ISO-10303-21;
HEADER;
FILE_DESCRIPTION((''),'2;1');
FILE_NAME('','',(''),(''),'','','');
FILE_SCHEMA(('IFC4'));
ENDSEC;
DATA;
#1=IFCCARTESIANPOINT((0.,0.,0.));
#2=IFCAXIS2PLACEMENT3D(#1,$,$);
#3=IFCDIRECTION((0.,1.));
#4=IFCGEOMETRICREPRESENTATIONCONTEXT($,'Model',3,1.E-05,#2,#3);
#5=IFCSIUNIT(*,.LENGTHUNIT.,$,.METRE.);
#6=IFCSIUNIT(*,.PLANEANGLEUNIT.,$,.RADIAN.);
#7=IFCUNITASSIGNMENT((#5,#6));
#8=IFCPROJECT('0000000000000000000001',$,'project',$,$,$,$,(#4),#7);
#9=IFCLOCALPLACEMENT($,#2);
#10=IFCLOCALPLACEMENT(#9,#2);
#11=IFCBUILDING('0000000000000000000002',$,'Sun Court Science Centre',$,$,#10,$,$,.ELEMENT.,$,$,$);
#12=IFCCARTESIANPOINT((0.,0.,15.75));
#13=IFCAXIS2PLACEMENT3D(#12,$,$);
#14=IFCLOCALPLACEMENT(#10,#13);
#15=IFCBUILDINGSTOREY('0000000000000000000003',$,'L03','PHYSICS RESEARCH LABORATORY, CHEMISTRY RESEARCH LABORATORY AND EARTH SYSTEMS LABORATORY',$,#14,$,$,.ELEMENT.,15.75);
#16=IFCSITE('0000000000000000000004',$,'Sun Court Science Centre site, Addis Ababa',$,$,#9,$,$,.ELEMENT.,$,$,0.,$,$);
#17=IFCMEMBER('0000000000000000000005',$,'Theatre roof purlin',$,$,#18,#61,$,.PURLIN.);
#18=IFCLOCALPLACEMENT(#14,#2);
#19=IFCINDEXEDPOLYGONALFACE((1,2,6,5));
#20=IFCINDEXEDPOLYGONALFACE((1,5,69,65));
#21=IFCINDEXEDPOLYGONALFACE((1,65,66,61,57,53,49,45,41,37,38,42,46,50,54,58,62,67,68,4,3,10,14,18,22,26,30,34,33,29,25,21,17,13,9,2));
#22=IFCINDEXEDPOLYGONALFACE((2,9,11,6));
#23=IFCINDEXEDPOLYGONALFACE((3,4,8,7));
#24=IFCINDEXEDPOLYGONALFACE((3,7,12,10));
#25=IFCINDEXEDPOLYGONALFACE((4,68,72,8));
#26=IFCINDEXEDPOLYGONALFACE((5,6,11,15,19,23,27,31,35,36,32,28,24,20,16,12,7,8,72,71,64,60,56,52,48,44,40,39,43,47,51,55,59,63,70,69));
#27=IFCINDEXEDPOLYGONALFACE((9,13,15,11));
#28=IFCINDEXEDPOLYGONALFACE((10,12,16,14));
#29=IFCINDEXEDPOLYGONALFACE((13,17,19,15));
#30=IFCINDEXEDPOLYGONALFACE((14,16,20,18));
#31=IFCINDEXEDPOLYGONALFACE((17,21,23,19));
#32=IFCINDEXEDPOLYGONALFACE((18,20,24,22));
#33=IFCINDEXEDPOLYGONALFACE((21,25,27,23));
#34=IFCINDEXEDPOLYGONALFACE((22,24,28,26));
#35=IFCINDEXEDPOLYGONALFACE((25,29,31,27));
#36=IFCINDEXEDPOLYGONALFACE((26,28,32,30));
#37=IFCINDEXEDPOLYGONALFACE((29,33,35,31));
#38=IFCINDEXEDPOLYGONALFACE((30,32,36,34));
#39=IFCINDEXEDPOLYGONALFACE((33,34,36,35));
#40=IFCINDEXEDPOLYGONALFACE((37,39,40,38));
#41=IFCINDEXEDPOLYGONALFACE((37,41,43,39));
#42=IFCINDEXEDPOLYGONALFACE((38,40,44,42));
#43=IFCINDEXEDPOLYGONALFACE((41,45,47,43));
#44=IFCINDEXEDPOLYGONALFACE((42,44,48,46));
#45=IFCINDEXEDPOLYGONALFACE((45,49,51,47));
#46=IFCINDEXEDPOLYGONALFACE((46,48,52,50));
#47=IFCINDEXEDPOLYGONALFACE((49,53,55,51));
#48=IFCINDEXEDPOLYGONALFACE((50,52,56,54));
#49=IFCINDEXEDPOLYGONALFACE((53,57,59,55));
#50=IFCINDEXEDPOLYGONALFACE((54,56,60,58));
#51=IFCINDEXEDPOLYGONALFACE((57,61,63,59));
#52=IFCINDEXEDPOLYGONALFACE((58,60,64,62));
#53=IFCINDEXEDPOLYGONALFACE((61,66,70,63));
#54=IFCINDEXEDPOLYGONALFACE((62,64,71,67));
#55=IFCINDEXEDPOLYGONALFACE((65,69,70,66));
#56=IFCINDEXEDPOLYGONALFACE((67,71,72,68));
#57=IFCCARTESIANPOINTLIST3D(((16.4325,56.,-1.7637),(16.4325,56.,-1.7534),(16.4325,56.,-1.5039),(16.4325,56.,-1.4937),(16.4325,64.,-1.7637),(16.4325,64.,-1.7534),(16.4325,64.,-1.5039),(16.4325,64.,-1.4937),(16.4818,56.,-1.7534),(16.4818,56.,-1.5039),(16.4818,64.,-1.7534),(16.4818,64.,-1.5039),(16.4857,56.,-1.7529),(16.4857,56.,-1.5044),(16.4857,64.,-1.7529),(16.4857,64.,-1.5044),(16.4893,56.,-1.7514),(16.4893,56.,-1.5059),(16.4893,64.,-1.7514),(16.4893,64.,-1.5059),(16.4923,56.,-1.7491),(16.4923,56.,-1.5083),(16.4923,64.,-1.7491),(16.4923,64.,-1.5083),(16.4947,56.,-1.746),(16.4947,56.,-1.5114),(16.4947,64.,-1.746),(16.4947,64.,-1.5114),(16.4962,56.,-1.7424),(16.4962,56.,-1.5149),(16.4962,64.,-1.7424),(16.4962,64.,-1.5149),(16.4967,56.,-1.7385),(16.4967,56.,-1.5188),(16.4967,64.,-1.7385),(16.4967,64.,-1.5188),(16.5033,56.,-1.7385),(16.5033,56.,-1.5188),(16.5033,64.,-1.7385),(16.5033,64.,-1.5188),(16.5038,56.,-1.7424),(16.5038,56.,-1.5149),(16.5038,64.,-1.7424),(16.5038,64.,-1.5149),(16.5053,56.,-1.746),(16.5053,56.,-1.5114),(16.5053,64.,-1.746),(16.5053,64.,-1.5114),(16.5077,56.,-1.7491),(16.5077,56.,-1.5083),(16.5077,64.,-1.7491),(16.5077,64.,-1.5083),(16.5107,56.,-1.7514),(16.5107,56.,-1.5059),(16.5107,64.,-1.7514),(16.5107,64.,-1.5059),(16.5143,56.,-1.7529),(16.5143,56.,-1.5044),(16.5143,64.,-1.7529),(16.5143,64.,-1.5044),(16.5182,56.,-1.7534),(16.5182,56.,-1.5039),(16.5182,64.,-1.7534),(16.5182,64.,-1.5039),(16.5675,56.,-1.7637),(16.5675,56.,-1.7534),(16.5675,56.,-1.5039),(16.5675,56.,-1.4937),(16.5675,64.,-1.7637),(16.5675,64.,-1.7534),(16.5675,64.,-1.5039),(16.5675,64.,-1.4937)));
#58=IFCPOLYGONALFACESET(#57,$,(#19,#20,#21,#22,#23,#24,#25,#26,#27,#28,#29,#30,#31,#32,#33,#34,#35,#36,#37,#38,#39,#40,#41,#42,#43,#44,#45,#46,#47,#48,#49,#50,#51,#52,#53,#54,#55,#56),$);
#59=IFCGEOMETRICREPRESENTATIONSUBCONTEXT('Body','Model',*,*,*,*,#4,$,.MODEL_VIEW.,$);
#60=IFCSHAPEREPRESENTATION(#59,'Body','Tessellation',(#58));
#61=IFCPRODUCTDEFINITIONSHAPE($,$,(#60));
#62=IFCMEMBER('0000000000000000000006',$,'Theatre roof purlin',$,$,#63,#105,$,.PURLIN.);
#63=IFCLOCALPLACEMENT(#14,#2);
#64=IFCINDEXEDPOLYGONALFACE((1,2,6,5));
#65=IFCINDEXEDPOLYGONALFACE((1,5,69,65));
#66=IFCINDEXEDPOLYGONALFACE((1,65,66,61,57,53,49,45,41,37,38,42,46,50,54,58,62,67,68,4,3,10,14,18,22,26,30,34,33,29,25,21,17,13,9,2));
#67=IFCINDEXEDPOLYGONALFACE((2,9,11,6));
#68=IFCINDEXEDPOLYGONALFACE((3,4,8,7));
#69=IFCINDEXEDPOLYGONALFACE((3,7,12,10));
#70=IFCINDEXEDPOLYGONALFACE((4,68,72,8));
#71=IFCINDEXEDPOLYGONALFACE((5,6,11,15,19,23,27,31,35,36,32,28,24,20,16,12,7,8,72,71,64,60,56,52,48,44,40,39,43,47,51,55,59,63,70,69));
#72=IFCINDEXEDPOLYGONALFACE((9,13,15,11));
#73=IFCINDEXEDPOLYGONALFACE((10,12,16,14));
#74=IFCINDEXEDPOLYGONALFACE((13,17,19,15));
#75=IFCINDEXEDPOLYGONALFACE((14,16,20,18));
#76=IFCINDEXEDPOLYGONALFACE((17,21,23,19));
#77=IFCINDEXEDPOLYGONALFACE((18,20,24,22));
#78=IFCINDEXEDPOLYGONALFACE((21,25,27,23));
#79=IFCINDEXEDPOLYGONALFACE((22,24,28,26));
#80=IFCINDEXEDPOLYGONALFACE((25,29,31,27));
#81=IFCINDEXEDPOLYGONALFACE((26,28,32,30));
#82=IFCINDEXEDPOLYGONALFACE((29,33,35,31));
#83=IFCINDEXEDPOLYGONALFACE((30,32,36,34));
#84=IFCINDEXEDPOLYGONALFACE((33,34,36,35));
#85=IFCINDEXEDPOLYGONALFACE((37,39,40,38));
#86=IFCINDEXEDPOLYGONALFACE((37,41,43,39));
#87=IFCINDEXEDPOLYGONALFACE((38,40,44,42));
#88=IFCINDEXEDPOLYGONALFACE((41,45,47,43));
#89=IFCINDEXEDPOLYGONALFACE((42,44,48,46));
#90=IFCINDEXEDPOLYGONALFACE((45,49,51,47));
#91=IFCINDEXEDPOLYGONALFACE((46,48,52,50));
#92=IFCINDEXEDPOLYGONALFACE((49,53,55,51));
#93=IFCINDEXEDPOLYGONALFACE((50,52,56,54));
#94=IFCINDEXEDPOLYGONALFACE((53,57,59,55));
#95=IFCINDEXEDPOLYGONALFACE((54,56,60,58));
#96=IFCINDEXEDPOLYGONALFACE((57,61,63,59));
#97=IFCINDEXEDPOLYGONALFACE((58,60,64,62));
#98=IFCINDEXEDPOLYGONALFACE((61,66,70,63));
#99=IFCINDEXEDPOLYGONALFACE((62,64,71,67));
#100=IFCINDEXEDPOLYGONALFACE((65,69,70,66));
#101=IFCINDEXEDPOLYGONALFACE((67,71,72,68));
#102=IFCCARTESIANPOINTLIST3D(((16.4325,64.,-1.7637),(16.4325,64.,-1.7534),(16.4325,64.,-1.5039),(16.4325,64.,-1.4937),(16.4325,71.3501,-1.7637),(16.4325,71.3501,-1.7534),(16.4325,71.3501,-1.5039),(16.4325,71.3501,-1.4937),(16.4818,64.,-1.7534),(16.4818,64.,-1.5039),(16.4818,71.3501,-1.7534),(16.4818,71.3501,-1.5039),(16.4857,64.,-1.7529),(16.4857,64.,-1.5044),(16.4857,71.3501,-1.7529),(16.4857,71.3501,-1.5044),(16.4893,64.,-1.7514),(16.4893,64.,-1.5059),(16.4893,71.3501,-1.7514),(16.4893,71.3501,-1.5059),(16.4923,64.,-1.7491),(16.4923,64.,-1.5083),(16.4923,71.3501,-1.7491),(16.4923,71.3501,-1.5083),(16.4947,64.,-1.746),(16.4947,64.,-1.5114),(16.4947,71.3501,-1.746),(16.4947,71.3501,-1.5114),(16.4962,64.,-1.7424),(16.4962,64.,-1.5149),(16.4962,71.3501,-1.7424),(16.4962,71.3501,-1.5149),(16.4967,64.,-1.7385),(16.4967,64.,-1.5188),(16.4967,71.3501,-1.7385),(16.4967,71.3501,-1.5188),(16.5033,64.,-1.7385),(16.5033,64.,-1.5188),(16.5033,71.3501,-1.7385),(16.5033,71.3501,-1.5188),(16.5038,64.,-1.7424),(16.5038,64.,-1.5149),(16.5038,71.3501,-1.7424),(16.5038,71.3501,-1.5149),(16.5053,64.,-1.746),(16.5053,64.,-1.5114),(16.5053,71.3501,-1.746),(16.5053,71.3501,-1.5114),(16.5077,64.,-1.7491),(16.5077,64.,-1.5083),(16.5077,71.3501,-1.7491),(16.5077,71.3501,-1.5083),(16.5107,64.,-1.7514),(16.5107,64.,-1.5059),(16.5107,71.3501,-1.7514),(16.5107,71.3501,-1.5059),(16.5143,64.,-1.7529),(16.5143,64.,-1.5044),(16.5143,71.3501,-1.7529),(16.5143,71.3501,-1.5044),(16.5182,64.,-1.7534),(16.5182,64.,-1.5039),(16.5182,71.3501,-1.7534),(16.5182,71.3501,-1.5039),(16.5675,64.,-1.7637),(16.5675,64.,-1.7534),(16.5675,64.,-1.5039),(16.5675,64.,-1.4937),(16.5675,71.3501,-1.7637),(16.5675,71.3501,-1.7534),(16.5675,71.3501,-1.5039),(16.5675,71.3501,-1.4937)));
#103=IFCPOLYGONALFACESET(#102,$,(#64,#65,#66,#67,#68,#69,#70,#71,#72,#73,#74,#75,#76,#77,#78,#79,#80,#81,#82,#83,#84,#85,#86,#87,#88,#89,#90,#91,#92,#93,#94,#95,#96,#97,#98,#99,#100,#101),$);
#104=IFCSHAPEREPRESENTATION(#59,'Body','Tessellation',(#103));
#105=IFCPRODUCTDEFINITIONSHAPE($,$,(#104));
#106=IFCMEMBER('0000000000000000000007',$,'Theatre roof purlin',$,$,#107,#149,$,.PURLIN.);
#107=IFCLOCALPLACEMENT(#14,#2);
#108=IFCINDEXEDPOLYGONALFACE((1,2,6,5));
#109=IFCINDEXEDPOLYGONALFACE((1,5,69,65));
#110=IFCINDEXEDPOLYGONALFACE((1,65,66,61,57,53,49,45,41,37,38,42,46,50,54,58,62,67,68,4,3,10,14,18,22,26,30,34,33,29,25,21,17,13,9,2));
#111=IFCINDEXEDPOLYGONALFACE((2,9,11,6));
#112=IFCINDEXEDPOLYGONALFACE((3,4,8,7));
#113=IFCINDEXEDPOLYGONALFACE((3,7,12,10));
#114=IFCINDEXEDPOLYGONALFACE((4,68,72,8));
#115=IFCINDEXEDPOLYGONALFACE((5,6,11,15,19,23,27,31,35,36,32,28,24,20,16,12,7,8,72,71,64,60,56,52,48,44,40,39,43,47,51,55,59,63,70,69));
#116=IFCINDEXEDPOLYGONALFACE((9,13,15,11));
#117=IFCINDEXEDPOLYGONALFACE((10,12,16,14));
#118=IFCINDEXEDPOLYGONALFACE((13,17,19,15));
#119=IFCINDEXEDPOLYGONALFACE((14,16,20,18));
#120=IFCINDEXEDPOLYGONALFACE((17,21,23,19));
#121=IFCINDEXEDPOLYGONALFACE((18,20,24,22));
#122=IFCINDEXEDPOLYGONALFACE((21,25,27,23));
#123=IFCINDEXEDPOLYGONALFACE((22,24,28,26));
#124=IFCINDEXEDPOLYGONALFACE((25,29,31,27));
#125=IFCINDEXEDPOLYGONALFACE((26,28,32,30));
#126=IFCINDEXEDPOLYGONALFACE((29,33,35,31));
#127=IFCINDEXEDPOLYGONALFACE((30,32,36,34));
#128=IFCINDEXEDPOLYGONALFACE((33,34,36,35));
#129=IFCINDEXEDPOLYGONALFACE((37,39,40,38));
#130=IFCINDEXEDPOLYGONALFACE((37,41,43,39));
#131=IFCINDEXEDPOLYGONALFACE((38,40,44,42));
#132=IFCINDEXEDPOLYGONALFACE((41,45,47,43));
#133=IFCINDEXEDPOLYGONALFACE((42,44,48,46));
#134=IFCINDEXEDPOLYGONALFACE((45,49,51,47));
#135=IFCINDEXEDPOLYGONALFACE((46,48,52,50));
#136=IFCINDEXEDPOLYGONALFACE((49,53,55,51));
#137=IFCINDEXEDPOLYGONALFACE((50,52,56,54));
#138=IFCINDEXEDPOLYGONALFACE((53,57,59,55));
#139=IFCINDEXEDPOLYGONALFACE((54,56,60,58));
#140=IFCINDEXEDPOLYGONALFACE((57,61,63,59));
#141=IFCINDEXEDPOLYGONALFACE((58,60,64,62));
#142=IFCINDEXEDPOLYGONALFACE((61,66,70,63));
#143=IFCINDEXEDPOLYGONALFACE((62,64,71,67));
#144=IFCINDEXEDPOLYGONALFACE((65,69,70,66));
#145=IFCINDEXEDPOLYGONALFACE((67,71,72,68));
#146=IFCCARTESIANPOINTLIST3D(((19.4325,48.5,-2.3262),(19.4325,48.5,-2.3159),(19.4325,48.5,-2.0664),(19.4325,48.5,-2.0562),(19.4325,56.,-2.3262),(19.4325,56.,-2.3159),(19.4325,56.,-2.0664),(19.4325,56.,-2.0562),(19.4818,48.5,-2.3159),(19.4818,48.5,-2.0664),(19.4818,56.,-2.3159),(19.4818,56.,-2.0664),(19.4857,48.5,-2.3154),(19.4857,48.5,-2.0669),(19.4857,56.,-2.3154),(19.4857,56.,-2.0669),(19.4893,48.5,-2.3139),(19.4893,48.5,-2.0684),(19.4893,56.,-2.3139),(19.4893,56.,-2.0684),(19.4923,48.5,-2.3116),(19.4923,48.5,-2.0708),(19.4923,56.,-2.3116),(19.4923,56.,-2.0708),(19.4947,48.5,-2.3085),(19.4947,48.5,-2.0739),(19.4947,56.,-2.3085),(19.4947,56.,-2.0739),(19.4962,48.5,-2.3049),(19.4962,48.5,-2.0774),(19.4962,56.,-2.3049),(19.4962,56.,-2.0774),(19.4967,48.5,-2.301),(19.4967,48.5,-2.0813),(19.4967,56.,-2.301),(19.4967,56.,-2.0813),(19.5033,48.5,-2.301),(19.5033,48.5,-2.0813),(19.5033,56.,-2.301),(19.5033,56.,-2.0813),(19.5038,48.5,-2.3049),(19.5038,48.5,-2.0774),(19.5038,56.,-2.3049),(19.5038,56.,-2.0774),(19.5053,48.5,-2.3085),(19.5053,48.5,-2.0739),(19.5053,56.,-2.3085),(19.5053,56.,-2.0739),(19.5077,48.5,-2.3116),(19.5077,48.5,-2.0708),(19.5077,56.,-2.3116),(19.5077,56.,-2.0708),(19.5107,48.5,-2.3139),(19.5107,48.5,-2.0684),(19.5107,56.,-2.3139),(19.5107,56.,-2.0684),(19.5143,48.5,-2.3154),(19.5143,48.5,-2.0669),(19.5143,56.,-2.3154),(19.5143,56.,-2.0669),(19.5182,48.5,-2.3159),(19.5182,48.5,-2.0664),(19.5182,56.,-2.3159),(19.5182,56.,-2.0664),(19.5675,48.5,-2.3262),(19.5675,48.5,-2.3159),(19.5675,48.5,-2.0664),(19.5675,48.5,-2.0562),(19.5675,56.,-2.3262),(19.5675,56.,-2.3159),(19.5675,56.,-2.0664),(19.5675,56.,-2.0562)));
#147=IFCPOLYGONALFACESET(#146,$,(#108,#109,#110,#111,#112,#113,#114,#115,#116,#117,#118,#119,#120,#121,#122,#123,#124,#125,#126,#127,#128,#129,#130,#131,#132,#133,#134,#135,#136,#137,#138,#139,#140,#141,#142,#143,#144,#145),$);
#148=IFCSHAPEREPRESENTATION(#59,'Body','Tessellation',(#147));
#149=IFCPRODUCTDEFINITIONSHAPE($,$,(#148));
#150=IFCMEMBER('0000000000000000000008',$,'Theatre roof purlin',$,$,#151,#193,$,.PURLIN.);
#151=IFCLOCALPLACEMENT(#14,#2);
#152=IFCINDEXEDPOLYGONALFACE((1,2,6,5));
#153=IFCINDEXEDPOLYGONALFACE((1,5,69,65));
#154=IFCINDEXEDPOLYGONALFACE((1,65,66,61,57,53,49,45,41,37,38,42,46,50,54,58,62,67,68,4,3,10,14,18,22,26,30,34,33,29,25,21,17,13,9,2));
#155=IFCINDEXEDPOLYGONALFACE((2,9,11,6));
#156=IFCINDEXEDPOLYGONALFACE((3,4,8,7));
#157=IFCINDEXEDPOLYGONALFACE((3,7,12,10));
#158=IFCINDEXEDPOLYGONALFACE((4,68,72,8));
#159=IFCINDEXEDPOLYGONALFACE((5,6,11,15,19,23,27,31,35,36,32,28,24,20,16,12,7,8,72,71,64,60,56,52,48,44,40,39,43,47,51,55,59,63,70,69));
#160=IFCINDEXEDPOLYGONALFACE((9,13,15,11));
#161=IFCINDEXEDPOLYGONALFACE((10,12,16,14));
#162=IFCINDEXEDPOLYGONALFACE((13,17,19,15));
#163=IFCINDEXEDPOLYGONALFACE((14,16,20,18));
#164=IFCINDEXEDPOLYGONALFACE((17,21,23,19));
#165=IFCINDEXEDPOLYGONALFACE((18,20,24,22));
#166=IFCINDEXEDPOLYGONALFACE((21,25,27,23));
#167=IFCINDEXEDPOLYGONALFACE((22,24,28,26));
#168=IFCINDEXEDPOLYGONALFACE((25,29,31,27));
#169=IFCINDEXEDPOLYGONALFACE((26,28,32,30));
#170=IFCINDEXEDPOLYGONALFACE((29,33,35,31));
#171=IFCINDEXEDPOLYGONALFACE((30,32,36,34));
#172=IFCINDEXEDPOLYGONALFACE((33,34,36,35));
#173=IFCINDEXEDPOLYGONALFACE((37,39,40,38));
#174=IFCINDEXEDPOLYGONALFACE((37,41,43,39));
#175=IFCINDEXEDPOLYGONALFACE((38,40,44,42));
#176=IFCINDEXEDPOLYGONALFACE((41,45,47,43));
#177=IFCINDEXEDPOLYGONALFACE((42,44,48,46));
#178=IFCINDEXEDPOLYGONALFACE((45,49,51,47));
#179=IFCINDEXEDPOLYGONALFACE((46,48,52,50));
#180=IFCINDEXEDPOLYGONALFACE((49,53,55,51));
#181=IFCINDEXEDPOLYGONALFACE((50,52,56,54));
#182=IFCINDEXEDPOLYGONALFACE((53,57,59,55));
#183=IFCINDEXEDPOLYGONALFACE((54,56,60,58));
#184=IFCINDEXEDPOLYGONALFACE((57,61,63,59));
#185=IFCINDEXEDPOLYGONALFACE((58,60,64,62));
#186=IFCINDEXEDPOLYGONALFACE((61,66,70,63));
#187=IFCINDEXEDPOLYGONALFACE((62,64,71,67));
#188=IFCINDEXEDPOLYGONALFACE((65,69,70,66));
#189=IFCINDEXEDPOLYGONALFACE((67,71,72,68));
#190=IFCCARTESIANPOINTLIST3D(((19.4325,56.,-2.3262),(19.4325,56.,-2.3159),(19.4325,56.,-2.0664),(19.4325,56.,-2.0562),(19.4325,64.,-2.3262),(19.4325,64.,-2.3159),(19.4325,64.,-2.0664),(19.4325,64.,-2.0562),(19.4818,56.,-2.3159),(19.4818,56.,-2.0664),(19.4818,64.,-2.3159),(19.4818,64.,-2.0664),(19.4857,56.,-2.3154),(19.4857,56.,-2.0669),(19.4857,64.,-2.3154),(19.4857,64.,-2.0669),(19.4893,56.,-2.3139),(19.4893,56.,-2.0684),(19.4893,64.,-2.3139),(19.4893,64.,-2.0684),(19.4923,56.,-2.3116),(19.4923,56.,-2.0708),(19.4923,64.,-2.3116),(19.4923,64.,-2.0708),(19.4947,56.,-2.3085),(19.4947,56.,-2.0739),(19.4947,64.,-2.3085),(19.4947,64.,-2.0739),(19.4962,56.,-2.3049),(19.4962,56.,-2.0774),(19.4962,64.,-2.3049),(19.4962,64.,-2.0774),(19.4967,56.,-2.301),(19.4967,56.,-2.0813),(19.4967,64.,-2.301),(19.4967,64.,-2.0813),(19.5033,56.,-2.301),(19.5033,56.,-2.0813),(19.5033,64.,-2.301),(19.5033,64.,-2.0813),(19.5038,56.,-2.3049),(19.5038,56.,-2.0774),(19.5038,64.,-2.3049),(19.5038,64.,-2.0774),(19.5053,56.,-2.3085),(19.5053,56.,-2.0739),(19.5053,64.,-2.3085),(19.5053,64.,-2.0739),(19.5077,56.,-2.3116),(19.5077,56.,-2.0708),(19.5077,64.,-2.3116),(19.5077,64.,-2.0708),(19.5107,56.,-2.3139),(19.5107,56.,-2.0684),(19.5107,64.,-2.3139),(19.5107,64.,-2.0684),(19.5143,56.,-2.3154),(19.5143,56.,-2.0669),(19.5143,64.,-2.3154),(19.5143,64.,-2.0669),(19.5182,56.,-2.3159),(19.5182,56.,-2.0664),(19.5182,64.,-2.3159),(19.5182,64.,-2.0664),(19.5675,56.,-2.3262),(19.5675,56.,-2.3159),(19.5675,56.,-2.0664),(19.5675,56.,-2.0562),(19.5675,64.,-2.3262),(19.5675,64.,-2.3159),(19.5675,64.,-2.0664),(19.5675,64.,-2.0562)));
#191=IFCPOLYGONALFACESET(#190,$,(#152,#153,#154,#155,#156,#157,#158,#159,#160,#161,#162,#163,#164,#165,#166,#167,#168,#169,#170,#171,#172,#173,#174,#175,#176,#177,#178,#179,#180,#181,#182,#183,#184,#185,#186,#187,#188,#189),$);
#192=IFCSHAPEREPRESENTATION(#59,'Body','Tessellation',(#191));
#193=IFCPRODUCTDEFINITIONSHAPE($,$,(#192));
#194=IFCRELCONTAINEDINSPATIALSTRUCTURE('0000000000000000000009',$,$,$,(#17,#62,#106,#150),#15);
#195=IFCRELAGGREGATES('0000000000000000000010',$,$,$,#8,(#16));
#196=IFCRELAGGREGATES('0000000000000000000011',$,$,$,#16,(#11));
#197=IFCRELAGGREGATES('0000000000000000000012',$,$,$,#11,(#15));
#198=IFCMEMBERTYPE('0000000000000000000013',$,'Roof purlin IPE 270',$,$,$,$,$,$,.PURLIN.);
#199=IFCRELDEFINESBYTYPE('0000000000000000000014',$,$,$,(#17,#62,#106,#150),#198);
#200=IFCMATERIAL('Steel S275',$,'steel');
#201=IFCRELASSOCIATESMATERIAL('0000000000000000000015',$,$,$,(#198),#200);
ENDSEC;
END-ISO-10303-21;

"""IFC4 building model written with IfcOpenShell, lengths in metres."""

from ifc_helpers import new_model, si_unit, direction, frame, origin, origin_2d, place, context, subcontext, project, spatial, i_section, extrude, material, material_profile, profile_set, type_object, element, save


model = new_model("IFC4")

# Units and contexts
model_context = context("Model", 3, precision=1e-05, world=origin(), true_north=direction((0.0, 1.0)))
body_context = subcontext(model_context, "Body", "Model", "MODEL_VIEW")
ifc_project = project(units=[si_unit("LENGTHUNIT", "METRE"), si_unit("PLANEANGLEUNIT", "RADIAN")], contexts=[model_context])

# Site, building, storey
site_placement = place(None, origin())
site = spatial("IfcSite", under=ifc_project, at=site_placement, Name="Sun Court Science Centre site, Addis Ababa", CompositionType="ELEMENT", RefElevation=0.0)
building_placement = place(site_placement, origin())
building = spatial("IfcBuilding", under=site, at=building_placement, Name="Sun Court Science Centre", CompositionType="ELEMENT")
storey_placement = place(building_placement, frame((0.0, 0.0, 15.75)))
storey = spatial("IfcBuildingStorey", under=building, at=storey_placement, Name="L03", Description="PHYSICS RESEARCH LABORATORY, CHEMISTRY RESEARCH LABORATORY AND EARTH SYSTEMS LABORATORY", CompositionType="ELEMENT", Elevation=15.75)

# Members
ifc_material_1 = material(Name="Steel S275", Category="steel")
ifc_material_profile_1 = material_profile(ifc_material_1, i_section(OverallWidth=0.135, OverallDepth=0.27, WebThickness=0.0066, FlangeThickness=0.0103, FilletRadius=0.0149, at=origin_2d()), Name="IPE 270")
ifc_profile_set_1 = profile_set([ifc_material_profile_1], Name="Steel S275")
member_type_1 = type_object("IfcMemberType", Name="Roof purlin IPE 270", PredefinedType="PURLIN", material=ifc_profile_set_1)
member_1_placement = place(storey_placement, frame((16.5, 56.0, -1.6287), z_axis=(0.0, 1.0, 0.0), x_axis=(-1.0, 0.0, 0.0)))
element("IfcMember", 1, at=member_1_placement, inside=storey, type_object=member_type_1, Name="Theatre roof purlin", PredefinedType="PURLIN", context=body_context, shape_type="SweptSolid", body=[
    extrude(i_section(OverallWidth=0.135, OverallDepth=0.27, WebThickness=0.0066, FlangeThickness=0.0103, FilletRadius=0.0149, at=origin_2d()), origin(), (0.0, 0.0, 1.0), 8.0),
])
member_2_placement = place(storey_placement, frame((16.5, 64.0, -1.6287), z_axis=(0.0, 1.0, 0.0), x_axis=(-1.0, 0.0, 0.0)))
element("IfcMember", 2, at=member_2_placement, inside=storey, type_object=member_type_1, Name="Theatre roof purlin", PredefinedType="PURLIN", context=body_context, shape_type="SweptSolid", body=[
    extrude(i_section(OverallWidth=0.135, OverallDepth=0.27, WebThickness=0.0066, FlangeThickness=0.0103, FilletRadius=0.0149, at=origin_2d()), origin(), (0.0, 0.0, 1.0), 7.3501),
])
member_3_placement = place(storey_placement, frame((19.5, 48.5, -2.1912), z_axis=(0.0, 1.0, 0.0), x_axis=(-1.0, 0.0, 0.0)))
element("IfcMember", 3, at=member_3_placement, inside=storey, type_object=member_type_1, Name="Theatre roof purlin", PredefinedType="PURLIN", context=body_context, shape_type="SweptSolid", body=[
    extrude(i_section(OverallWidth=0.135, OverallDepth=0.27, WebThickness=0.0066, FlangeThickness=0.0103, FilletRadius=0.0149, at=origin_2d()), origin(), (0.0, 0.0, 1.0), 7.5),
])
member_4_placement = place(storey_placement, frame((19.5, 56.0, -2.1912), z_axis=(0.0, 1.0, 0.0), x_axis=(-1.0, 0.0, 0.0)))
element("IfcMember", 4, at=member_4_placement, inside=storey, type_object=member_type_1, Name="Theatre roof purlin", PredefinedType="PURLIN", context=body_context, shape_type="SweptSolid", body=[
    extrude(i_section(OverallWidth=0.135, OverallDepth=0.27, WebThickness=0.0066, FlangeThickness=0.0103, FilletRadius=0.0149, at=origin_2d()), origin(), (0.0, 0.0, 1.0), 8.0),
])

save(model, "model.ifc")
